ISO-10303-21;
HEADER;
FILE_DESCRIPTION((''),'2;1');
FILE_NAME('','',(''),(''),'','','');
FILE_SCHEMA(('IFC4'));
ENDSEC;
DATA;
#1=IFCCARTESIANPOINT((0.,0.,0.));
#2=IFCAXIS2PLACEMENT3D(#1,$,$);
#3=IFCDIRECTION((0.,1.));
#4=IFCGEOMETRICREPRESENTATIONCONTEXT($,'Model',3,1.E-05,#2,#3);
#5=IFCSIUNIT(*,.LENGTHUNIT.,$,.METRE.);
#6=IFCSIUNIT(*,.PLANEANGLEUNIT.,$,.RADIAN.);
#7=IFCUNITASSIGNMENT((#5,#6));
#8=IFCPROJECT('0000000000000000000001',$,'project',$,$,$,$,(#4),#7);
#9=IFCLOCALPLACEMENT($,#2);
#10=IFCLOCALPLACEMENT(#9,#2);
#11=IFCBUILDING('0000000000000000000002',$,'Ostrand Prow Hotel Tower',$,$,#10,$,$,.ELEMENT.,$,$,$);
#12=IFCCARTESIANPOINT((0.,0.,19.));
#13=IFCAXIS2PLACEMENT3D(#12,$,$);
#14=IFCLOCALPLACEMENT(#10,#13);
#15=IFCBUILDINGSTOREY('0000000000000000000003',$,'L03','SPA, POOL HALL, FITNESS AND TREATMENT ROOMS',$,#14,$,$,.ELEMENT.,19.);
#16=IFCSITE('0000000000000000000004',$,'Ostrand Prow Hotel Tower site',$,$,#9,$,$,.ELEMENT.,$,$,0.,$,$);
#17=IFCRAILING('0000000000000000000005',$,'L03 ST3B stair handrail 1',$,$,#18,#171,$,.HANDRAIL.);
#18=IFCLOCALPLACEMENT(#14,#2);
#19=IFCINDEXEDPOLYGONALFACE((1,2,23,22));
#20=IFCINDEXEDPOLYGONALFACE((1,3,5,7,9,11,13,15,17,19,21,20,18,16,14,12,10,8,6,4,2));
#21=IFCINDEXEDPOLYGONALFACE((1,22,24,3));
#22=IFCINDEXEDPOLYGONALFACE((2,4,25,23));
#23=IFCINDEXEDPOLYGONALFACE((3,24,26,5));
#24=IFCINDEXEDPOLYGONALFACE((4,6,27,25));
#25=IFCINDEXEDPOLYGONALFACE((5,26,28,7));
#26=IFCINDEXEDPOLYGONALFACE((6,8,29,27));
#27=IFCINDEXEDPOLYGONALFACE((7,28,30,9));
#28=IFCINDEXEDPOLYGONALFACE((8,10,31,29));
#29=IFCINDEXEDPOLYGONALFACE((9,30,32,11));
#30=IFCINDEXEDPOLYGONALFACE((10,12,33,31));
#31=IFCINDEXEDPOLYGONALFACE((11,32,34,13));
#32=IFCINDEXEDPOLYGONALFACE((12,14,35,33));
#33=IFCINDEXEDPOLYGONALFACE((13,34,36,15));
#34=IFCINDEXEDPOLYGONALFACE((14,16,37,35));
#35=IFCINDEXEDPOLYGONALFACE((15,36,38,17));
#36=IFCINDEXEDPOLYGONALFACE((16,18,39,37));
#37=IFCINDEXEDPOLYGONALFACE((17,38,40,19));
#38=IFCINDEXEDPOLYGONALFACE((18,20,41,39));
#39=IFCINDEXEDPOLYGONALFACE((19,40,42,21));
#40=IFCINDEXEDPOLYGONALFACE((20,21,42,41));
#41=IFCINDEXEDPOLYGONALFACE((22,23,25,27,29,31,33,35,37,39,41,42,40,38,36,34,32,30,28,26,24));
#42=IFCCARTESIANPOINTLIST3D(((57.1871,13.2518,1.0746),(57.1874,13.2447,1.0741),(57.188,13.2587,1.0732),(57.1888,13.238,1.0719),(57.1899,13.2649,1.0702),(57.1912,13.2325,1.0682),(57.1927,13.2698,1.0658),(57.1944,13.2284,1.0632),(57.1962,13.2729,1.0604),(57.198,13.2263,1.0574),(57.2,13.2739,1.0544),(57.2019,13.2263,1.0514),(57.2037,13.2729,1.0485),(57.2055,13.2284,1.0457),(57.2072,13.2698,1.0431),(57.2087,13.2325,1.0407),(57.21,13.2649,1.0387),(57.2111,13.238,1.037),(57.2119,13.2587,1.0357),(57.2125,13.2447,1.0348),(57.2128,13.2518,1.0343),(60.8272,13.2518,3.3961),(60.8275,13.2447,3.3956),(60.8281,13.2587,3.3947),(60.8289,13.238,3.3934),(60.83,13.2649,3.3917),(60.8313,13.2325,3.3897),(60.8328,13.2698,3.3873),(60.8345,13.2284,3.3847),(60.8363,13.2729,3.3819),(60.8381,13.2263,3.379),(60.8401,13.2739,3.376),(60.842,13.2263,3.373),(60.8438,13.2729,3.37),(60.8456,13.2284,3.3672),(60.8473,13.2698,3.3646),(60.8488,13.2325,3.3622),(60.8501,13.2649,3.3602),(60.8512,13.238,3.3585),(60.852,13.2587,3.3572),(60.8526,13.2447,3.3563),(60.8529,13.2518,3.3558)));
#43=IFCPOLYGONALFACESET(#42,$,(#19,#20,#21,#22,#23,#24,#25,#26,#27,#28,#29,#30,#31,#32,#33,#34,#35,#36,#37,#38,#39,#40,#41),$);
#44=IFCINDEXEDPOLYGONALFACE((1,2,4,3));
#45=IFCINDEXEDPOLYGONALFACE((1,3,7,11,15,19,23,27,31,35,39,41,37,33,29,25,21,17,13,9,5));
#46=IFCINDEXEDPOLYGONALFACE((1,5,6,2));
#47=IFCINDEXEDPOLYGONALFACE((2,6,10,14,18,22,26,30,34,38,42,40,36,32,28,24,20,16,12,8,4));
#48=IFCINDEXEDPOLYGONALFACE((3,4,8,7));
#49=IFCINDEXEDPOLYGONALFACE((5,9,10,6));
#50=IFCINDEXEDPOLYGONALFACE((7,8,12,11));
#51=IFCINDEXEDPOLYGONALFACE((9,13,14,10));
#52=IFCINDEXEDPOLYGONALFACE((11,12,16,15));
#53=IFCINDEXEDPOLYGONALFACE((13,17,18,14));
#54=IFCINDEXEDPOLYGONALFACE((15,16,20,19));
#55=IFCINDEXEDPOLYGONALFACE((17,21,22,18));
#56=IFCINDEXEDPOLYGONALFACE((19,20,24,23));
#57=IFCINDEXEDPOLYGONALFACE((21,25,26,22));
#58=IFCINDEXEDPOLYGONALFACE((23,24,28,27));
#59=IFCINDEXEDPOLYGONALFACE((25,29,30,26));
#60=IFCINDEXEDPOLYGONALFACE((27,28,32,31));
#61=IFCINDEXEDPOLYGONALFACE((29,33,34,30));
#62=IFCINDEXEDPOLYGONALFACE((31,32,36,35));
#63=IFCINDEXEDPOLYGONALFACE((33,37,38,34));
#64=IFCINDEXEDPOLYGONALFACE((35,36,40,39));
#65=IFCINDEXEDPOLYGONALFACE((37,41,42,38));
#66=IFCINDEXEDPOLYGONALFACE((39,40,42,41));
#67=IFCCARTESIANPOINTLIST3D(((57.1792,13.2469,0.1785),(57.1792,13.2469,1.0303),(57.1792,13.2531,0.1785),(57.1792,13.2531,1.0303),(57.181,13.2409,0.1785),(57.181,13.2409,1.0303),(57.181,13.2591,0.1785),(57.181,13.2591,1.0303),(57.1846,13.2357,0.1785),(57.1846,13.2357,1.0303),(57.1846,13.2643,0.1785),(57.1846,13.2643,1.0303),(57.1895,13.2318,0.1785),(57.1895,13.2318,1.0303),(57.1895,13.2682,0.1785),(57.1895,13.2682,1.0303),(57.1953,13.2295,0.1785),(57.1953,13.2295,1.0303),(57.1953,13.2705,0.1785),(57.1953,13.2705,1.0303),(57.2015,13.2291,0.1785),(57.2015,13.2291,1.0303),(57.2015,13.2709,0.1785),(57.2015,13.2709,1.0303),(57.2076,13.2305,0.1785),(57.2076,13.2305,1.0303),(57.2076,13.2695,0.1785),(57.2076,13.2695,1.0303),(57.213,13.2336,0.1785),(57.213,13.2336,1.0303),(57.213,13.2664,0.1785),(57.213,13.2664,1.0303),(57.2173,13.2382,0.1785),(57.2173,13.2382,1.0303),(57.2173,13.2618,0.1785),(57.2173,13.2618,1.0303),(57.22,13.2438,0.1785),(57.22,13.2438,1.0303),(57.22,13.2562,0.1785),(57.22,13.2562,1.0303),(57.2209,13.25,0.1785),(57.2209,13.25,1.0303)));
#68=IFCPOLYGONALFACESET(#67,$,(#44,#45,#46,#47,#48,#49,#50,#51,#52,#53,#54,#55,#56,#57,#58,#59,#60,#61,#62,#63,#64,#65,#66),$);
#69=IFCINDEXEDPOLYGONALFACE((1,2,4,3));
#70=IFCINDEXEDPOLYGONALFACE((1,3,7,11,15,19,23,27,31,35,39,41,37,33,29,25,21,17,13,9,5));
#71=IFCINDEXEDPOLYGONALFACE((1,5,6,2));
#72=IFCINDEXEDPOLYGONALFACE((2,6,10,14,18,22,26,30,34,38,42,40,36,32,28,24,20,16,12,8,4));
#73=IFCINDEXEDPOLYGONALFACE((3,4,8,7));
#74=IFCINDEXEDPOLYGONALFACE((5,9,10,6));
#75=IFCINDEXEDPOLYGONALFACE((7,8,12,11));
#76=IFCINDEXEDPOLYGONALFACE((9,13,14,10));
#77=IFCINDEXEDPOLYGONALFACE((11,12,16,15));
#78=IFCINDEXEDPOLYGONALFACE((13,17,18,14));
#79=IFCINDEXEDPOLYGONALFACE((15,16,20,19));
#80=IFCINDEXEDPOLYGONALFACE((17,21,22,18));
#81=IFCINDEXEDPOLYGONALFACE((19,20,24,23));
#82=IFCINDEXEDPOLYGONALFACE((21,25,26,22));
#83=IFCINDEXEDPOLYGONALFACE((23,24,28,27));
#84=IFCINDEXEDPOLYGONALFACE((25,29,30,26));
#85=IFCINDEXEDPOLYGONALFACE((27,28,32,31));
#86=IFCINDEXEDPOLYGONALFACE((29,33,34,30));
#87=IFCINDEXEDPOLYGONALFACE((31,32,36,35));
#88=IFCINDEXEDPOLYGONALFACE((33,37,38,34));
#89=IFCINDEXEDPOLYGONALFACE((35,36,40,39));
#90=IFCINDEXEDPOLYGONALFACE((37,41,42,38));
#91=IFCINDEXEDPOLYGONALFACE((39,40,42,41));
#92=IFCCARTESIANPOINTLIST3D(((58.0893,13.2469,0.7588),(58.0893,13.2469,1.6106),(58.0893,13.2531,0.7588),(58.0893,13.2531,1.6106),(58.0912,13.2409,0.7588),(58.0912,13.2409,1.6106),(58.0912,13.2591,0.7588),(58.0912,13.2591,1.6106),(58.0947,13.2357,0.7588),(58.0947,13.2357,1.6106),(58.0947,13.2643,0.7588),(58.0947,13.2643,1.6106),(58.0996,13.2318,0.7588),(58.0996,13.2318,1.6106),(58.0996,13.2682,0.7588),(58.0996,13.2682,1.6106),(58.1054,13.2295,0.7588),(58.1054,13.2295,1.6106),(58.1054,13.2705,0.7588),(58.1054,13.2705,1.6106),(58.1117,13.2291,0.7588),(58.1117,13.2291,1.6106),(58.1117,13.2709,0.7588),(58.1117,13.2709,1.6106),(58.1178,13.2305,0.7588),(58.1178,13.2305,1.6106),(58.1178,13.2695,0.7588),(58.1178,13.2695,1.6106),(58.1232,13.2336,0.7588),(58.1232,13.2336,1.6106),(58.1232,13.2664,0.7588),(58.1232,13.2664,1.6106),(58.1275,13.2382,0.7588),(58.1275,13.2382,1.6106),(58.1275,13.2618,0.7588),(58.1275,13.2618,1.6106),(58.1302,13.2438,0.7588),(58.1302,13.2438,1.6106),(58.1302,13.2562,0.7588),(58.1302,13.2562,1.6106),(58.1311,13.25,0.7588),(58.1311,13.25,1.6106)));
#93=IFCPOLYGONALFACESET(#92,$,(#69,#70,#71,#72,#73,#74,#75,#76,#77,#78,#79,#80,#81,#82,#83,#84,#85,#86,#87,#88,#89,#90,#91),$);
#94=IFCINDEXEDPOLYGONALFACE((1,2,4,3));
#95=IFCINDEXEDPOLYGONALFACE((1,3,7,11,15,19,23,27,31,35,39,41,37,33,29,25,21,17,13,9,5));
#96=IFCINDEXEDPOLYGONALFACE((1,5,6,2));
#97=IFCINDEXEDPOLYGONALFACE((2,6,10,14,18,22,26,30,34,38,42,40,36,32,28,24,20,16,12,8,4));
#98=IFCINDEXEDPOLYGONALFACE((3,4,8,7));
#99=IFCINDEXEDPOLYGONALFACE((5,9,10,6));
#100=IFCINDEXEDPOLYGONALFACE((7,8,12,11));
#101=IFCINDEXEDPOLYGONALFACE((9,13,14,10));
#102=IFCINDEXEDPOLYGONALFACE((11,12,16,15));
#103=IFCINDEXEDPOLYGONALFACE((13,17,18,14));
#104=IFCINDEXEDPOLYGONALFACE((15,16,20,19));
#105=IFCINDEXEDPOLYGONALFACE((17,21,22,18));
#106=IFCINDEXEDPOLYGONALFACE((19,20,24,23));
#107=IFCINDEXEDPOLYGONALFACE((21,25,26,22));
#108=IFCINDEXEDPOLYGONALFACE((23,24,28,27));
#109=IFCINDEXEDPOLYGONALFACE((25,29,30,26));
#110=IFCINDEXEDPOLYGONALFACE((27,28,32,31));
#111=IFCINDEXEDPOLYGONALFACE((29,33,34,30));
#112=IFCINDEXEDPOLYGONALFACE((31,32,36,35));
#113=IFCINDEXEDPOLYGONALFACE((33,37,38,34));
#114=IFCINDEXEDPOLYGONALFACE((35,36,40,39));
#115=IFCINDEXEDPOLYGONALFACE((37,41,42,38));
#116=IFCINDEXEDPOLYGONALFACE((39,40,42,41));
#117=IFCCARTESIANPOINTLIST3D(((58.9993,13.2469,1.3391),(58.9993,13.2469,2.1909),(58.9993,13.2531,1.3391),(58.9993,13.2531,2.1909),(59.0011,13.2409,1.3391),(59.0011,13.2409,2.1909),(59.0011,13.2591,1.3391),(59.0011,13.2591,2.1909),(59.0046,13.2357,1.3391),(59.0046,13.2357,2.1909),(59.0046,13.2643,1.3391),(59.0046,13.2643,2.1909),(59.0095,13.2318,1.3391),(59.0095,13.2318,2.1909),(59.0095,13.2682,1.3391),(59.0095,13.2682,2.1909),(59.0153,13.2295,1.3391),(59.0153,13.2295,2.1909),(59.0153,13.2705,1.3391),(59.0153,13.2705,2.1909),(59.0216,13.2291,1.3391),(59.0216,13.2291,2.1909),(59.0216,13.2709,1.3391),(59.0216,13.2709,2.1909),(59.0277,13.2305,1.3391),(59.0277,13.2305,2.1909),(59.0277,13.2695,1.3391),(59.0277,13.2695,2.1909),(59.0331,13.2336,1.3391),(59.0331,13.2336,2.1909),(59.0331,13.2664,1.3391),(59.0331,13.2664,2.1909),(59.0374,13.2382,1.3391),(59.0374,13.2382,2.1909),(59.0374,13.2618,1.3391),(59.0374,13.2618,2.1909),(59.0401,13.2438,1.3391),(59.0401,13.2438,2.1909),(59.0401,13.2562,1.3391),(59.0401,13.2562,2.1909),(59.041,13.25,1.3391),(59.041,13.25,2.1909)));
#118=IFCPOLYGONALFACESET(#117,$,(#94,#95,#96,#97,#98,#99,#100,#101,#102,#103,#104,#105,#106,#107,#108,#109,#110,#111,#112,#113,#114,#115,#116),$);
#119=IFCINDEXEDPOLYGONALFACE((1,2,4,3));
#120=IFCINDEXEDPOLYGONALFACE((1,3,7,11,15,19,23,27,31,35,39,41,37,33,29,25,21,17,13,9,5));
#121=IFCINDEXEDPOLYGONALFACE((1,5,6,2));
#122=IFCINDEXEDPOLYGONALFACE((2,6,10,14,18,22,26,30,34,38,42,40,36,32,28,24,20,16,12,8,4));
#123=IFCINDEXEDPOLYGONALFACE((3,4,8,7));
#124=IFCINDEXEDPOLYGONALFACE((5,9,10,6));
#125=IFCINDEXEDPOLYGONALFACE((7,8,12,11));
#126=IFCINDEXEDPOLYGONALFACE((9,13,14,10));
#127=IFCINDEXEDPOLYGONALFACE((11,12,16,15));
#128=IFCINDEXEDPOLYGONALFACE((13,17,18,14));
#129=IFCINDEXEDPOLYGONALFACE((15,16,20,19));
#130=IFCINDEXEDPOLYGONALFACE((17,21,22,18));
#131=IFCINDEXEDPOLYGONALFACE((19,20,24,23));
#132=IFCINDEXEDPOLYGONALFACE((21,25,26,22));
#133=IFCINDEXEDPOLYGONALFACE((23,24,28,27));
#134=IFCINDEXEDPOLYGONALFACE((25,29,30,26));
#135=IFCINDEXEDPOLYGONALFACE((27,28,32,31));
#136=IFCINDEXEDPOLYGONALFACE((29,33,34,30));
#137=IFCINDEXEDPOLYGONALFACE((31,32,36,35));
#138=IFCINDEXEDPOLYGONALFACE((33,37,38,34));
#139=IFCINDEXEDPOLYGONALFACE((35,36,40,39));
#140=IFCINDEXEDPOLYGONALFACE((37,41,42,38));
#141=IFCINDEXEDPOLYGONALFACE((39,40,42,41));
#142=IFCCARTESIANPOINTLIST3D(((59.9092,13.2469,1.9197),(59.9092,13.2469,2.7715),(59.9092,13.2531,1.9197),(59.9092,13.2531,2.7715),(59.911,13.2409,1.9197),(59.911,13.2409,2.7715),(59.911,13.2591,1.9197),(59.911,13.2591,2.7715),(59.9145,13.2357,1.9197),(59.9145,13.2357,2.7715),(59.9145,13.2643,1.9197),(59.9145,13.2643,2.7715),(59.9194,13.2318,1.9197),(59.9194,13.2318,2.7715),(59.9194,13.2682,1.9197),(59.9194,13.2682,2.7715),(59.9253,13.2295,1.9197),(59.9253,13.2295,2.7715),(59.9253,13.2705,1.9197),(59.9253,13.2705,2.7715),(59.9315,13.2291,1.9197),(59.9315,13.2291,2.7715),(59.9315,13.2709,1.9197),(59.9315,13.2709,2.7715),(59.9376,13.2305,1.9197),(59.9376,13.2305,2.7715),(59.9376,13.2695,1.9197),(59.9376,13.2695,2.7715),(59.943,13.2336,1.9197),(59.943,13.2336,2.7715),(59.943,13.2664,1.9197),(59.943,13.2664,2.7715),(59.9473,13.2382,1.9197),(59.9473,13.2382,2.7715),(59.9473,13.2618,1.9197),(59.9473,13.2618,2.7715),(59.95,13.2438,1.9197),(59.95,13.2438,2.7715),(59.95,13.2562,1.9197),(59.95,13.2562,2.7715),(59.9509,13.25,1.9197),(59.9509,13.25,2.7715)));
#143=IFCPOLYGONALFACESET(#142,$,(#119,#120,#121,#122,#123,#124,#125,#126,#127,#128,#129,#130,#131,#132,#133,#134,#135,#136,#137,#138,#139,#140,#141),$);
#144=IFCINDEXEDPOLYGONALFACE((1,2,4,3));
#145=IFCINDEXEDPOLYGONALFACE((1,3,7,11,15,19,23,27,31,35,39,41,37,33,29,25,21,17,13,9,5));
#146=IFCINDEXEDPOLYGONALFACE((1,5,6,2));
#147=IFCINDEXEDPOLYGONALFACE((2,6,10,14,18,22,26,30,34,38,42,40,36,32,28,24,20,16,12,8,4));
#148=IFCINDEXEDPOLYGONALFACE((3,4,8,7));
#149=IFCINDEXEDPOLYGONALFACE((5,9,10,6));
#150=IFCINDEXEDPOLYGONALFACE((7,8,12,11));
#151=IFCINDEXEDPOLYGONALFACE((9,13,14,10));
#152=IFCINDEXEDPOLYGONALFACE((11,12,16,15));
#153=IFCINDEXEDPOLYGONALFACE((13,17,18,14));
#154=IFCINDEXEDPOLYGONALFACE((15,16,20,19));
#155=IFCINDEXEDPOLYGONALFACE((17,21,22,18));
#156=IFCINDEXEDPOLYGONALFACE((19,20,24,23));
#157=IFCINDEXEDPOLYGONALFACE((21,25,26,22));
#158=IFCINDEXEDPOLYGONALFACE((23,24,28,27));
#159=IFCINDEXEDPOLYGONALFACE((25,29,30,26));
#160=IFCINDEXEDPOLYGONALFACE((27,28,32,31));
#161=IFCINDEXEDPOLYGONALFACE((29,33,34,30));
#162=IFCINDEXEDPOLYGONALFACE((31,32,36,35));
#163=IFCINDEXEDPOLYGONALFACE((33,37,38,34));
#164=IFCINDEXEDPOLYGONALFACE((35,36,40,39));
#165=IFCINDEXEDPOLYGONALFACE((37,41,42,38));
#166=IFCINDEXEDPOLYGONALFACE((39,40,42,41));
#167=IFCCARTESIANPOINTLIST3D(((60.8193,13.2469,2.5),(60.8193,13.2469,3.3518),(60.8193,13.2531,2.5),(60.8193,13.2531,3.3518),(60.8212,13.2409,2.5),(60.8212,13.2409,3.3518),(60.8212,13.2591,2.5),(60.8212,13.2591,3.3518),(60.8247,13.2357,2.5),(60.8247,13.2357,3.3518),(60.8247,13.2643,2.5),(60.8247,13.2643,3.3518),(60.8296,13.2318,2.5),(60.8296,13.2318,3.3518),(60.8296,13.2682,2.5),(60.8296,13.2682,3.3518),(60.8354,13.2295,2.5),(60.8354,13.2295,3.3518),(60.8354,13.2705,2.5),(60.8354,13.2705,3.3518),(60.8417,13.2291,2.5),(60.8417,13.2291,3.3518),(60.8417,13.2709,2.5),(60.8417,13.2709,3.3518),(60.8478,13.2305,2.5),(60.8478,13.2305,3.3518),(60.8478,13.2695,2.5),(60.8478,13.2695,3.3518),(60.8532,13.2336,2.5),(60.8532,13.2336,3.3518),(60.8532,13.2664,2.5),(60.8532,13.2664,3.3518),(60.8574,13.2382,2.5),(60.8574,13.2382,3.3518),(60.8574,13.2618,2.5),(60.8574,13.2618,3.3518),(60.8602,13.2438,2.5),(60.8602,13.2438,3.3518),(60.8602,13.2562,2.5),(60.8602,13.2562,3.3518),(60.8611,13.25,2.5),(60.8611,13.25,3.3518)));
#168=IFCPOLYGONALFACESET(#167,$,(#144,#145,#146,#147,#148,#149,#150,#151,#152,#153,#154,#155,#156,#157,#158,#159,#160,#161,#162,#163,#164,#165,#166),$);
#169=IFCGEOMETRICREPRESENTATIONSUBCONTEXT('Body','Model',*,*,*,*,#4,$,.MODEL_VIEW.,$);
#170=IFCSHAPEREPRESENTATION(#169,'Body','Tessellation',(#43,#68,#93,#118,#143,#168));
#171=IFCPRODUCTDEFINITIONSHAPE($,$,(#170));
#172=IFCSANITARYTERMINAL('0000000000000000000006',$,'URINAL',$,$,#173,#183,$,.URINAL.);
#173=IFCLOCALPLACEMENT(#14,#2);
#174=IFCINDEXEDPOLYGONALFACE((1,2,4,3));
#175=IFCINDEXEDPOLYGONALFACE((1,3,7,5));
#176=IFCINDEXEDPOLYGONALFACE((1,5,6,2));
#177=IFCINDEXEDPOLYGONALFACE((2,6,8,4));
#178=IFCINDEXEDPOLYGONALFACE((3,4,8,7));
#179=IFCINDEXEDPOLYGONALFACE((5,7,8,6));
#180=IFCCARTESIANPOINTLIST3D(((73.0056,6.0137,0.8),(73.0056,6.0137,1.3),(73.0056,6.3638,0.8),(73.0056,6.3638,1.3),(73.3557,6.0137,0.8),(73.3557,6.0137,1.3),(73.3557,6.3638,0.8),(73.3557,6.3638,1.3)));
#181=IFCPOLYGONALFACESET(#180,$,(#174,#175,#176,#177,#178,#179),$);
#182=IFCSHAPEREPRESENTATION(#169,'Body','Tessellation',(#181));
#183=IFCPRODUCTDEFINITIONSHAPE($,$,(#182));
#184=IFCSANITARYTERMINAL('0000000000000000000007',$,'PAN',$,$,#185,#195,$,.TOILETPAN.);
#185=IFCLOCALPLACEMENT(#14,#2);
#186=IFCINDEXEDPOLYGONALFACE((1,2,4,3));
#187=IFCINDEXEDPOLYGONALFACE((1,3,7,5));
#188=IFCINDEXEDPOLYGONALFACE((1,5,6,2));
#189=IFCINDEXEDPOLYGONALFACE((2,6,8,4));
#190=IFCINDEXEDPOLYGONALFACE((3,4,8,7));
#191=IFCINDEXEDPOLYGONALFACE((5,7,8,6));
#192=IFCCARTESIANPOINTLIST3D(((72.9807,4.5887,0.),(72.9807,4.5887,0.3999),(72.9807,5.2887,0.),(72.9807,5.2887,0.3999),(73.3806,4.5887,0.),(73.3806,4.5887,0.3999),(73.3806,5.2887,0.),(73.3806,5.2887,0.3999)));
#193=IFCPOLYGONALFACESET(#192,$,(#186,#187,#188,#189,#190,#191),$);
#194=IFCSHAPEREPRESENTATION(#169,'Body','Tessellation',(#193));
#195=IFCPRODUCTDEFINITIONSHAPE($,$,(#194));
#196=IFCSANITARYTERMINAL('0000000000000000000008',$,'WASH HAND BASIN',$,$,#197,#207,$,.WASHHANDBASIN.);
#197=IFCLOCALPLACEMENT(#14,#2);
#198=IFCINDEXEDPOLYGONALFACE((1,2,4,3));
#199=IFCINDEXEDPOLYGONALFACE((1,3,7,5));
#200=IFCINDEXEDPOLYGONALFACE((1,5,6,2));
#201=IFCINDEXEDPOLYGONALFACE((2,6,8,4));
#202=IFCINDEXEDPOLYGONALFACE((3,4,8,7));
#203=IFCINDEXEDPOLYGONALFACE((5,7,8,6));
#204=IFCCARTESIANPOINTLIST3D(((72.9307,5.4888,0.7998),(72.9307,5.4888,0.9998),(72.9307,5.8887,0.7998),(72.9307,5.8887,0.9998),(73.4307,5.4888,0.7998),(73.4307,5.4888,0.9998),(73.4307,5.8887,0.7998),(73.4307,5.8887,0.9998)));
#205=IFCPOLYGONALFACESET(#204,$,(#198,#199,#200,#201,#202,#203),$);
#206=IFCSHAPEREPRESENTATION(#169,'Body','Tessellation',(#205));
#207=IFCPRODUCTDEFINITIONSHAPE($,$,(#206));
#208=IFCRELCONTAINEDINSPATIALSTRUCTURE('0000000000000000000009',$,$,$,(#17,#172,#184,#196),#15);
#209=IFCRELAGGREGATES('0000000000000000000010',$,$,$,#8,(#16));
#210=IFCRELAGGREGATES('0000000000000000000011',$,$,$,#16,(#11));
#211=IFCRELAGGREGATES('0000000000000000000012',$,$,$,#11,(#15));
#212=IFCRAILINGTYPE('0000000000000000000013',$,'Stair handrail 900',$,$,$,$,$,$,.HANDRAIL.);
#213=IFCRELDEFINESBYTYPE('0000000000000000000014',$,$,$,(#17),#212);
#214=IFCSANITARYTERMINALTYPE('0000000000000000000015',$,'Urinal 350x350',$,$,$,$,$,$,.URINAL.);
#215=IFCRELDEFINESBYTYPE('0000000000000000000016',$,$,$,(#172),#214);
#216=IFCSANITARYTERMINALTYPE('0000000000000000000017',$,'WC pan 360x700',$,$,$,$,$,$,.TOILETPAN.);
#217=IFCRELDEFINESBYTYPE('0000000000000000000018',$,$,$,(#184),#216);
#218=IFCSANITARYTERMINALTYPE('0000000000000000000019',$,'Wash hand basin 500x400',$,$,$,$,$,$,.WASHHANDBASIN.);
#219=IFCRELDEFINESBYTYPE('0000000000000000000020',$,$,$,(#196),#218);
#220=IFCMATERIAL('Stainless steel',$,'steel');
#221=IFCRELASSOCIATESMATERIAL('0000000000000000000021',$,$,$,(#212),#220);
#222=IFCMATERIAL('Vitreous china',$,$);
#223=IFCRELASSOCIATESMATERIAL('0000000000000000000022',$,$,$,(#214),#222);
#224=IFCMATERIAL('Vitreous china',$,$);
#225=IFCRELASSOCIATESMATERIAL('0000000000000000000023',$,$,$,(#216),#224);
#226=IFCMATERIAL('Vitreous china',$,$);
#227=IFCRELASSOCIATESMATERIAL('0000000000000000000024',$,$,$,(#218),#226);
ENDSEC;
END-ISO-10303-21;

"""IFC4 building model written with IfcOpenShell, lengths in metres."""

from ifc_helpers import new_model, si_unit, direction, frame, origin, origin_2d, place, context, subcontext, project, spatial, rectangle, circle, extrude, material, type_object, element, save


model = new_model("IFC4")

# Units and contexts
model_context = context("Model", 3, precision=1e-05, world=origin(), true_north=direction((0.0, 1.0)))
body_context = subcontext(model_context, "Body", "Model", "MODEL_VIEW")
ifc_project = project(units=[si_unit("LENGTHUNIT", "METRE"), si_unit("PLANEANGLEUNIT", "RADIAN")], contexts=[model_context])

# Site, building, storey
site_placement = place(None, origin())
site = spatial("IfcSite", under=ifc_project, at=site_placement, Name="Ostrand Prow Hotel Tower site", CompositionType="ELEMENT", RefElevation=0.0)
building_placement = place(site_placement, origin())
building = spatial("IfcBuilding", under=site, at=building_placement, Name="Ostrand Prow Hotel Tower", CompositionType="ELEMENT")
storey_placement = place(building_placement, frame((0.0, 0.0, 19.0)))
storey = spatial("IfcBuildingStorey", under=building, at=storey_placement, Name="L03", Description="SPA, POOL HALL, FITNESS AND TREATMENT ROOMS", CompositionType="ELEMENT", Elevation=19.0)

# Railing
ifc_material_1 = material(Name="Stainless steel", Category="steel")
railing_type_1 = type_object("IfcRailingType", Name="Stair handrail 900", PredefinedType="HANDRAIL", material=ifc_material_1)
railing_1_placement = place(storey_placement, frame((57.2, 13.25, 0.1785)))
element("IfcRailing", 1, at=railing_1_placement, inside=storey, type_object=railing_type_1, Name="L03 ST3B stair handrail 1", PredefinedType="HANDRAIL", context=body_context, shape_type="SweptSolid", body=[
    extrude(circle(Radius=0.0239, at=origin_2d()), frame((0.0, 0.0, 0.876), z_axis=(0.843128, 0.0, 0.537713), x_axis=(0.0, 1.0, 0.0)), (0.0, 0.0, 1.0), 4.3174),
    extrude(circle(Radius=0.021, at=origin_2d()), origin(), (0.0, 0.0, 1.0), 0.8518),
    extrude(circle(Radius=0.021, at=origin_2d()), frame((0.9102, 0.0, 0.5803)), (0.0, 0.0, 1.0), 0.8518),
    extrude(circle(Radius=0.021, at=origin_2d()), frame((1.8201, 0.0, 1.1606)), (0.0, 0.0, 1.0), 0.8518),
    extrude(circle(Radius=0.021, at=origin_2d()), frame((2.73, 0.0, 1.7412)), (0.0, 0.0, 1.0), 0.8518),
    extrude(circle(Radius=0.021, at=origin_2d()), frame((3.6401, 0.0, 2.3215)), (0.0, 0.0, 1.0), 0.8518),
])

# Sanitary terminals
ifc_material_2 = material(Name="Vitreous china")
sanitary_terminal_type_1 = type_object("IfcSanitaryTerminalType", Name="Urinal 350x350", PredefinedType="URINAL", material=ifc_material_2)
sanitary_terminal_1_placement = place(storey_placement, frame((73.1807, 6.1887, 0.8), z_axis=(0.0, 0.0, 1.0), x_axis=(1.0, 0.0, 0.0)))
element("IfcSanitaryTerminal", 2, at=sanitary_terminal_1_placement, inside=storey, type_object=sanitary_terminal_type_1, Name="URINAL", PredefinedType="URINAL", context=body_context, shape_type="SweptSolid", body=[
    extrude(rectangle(XDim=0.3501, YDim=0.3501, at=origin_2d()), origin(), (0.0, 0.0, 1.0), 0.5),
])
ifc_material_3 = material(Name="Vitreous china")
sanitary_terminal_type_2 = type_object("IfcSanitaryTerminalType", Name="WC pan 360x700", PredefinedType="TOILETPAN", material=ifc_material_3)
sanitary_terminal_2_placement = place(storey_placement, frame((73.1807, 4.9387, 0.0), z_axis=(0.0, 0.0, 1.0), x_axis=(1.0, 0.0, 0.0)))
element("IfcSanitaryTerminal", 3, at=sanitary_terminal_2_placement, inside=storey, type_object=sanitary_terminal_type_2, Name="PAN", PredefinedType="TOILETPAN", context=body_context, shape_type="SweptSolid", body=[
    extrude(rectangle(XDim=0.3999, YDim=0.7, at=origin_2d()), origin(), (0.0, 0.0, 1.0), 0.3999),
])
ifc_material_4 = material(Name="Vitreous china")
sanitary_terminal_type_3 = type_object("IfcSanitaryTerminalType", Name="Wash hand basin 500x400", PredefinedType="WASHHANDBASIN", material=ifc_material_4)
for number, where, z_axis, x_axis, name in (
    (4, (73.1807, 5.6887, 0.7998), (0.0, 0.0, 1.0), (1.0, 0.0, 0.0), "WASH HAND BASIN"),
):
    element("IfcSanitaryTerminal", number, at=place(storey_placement, frame(where, z_axis=z_axis, x_axis=x_axis)), inside=storey, type_object=sanitary_terminal_type_3, Name=name, PredefinedType="WASHHANDBASIN", context=body_context, shape_type="SweptSolid", body=[
        extrude(rectangle(XDim=0.5, YDim=0.3999, at=origin_2d()), origin(), (0.0, 0.0, 1.0), 0.2),
    ])

save(model, "model.ifc")
